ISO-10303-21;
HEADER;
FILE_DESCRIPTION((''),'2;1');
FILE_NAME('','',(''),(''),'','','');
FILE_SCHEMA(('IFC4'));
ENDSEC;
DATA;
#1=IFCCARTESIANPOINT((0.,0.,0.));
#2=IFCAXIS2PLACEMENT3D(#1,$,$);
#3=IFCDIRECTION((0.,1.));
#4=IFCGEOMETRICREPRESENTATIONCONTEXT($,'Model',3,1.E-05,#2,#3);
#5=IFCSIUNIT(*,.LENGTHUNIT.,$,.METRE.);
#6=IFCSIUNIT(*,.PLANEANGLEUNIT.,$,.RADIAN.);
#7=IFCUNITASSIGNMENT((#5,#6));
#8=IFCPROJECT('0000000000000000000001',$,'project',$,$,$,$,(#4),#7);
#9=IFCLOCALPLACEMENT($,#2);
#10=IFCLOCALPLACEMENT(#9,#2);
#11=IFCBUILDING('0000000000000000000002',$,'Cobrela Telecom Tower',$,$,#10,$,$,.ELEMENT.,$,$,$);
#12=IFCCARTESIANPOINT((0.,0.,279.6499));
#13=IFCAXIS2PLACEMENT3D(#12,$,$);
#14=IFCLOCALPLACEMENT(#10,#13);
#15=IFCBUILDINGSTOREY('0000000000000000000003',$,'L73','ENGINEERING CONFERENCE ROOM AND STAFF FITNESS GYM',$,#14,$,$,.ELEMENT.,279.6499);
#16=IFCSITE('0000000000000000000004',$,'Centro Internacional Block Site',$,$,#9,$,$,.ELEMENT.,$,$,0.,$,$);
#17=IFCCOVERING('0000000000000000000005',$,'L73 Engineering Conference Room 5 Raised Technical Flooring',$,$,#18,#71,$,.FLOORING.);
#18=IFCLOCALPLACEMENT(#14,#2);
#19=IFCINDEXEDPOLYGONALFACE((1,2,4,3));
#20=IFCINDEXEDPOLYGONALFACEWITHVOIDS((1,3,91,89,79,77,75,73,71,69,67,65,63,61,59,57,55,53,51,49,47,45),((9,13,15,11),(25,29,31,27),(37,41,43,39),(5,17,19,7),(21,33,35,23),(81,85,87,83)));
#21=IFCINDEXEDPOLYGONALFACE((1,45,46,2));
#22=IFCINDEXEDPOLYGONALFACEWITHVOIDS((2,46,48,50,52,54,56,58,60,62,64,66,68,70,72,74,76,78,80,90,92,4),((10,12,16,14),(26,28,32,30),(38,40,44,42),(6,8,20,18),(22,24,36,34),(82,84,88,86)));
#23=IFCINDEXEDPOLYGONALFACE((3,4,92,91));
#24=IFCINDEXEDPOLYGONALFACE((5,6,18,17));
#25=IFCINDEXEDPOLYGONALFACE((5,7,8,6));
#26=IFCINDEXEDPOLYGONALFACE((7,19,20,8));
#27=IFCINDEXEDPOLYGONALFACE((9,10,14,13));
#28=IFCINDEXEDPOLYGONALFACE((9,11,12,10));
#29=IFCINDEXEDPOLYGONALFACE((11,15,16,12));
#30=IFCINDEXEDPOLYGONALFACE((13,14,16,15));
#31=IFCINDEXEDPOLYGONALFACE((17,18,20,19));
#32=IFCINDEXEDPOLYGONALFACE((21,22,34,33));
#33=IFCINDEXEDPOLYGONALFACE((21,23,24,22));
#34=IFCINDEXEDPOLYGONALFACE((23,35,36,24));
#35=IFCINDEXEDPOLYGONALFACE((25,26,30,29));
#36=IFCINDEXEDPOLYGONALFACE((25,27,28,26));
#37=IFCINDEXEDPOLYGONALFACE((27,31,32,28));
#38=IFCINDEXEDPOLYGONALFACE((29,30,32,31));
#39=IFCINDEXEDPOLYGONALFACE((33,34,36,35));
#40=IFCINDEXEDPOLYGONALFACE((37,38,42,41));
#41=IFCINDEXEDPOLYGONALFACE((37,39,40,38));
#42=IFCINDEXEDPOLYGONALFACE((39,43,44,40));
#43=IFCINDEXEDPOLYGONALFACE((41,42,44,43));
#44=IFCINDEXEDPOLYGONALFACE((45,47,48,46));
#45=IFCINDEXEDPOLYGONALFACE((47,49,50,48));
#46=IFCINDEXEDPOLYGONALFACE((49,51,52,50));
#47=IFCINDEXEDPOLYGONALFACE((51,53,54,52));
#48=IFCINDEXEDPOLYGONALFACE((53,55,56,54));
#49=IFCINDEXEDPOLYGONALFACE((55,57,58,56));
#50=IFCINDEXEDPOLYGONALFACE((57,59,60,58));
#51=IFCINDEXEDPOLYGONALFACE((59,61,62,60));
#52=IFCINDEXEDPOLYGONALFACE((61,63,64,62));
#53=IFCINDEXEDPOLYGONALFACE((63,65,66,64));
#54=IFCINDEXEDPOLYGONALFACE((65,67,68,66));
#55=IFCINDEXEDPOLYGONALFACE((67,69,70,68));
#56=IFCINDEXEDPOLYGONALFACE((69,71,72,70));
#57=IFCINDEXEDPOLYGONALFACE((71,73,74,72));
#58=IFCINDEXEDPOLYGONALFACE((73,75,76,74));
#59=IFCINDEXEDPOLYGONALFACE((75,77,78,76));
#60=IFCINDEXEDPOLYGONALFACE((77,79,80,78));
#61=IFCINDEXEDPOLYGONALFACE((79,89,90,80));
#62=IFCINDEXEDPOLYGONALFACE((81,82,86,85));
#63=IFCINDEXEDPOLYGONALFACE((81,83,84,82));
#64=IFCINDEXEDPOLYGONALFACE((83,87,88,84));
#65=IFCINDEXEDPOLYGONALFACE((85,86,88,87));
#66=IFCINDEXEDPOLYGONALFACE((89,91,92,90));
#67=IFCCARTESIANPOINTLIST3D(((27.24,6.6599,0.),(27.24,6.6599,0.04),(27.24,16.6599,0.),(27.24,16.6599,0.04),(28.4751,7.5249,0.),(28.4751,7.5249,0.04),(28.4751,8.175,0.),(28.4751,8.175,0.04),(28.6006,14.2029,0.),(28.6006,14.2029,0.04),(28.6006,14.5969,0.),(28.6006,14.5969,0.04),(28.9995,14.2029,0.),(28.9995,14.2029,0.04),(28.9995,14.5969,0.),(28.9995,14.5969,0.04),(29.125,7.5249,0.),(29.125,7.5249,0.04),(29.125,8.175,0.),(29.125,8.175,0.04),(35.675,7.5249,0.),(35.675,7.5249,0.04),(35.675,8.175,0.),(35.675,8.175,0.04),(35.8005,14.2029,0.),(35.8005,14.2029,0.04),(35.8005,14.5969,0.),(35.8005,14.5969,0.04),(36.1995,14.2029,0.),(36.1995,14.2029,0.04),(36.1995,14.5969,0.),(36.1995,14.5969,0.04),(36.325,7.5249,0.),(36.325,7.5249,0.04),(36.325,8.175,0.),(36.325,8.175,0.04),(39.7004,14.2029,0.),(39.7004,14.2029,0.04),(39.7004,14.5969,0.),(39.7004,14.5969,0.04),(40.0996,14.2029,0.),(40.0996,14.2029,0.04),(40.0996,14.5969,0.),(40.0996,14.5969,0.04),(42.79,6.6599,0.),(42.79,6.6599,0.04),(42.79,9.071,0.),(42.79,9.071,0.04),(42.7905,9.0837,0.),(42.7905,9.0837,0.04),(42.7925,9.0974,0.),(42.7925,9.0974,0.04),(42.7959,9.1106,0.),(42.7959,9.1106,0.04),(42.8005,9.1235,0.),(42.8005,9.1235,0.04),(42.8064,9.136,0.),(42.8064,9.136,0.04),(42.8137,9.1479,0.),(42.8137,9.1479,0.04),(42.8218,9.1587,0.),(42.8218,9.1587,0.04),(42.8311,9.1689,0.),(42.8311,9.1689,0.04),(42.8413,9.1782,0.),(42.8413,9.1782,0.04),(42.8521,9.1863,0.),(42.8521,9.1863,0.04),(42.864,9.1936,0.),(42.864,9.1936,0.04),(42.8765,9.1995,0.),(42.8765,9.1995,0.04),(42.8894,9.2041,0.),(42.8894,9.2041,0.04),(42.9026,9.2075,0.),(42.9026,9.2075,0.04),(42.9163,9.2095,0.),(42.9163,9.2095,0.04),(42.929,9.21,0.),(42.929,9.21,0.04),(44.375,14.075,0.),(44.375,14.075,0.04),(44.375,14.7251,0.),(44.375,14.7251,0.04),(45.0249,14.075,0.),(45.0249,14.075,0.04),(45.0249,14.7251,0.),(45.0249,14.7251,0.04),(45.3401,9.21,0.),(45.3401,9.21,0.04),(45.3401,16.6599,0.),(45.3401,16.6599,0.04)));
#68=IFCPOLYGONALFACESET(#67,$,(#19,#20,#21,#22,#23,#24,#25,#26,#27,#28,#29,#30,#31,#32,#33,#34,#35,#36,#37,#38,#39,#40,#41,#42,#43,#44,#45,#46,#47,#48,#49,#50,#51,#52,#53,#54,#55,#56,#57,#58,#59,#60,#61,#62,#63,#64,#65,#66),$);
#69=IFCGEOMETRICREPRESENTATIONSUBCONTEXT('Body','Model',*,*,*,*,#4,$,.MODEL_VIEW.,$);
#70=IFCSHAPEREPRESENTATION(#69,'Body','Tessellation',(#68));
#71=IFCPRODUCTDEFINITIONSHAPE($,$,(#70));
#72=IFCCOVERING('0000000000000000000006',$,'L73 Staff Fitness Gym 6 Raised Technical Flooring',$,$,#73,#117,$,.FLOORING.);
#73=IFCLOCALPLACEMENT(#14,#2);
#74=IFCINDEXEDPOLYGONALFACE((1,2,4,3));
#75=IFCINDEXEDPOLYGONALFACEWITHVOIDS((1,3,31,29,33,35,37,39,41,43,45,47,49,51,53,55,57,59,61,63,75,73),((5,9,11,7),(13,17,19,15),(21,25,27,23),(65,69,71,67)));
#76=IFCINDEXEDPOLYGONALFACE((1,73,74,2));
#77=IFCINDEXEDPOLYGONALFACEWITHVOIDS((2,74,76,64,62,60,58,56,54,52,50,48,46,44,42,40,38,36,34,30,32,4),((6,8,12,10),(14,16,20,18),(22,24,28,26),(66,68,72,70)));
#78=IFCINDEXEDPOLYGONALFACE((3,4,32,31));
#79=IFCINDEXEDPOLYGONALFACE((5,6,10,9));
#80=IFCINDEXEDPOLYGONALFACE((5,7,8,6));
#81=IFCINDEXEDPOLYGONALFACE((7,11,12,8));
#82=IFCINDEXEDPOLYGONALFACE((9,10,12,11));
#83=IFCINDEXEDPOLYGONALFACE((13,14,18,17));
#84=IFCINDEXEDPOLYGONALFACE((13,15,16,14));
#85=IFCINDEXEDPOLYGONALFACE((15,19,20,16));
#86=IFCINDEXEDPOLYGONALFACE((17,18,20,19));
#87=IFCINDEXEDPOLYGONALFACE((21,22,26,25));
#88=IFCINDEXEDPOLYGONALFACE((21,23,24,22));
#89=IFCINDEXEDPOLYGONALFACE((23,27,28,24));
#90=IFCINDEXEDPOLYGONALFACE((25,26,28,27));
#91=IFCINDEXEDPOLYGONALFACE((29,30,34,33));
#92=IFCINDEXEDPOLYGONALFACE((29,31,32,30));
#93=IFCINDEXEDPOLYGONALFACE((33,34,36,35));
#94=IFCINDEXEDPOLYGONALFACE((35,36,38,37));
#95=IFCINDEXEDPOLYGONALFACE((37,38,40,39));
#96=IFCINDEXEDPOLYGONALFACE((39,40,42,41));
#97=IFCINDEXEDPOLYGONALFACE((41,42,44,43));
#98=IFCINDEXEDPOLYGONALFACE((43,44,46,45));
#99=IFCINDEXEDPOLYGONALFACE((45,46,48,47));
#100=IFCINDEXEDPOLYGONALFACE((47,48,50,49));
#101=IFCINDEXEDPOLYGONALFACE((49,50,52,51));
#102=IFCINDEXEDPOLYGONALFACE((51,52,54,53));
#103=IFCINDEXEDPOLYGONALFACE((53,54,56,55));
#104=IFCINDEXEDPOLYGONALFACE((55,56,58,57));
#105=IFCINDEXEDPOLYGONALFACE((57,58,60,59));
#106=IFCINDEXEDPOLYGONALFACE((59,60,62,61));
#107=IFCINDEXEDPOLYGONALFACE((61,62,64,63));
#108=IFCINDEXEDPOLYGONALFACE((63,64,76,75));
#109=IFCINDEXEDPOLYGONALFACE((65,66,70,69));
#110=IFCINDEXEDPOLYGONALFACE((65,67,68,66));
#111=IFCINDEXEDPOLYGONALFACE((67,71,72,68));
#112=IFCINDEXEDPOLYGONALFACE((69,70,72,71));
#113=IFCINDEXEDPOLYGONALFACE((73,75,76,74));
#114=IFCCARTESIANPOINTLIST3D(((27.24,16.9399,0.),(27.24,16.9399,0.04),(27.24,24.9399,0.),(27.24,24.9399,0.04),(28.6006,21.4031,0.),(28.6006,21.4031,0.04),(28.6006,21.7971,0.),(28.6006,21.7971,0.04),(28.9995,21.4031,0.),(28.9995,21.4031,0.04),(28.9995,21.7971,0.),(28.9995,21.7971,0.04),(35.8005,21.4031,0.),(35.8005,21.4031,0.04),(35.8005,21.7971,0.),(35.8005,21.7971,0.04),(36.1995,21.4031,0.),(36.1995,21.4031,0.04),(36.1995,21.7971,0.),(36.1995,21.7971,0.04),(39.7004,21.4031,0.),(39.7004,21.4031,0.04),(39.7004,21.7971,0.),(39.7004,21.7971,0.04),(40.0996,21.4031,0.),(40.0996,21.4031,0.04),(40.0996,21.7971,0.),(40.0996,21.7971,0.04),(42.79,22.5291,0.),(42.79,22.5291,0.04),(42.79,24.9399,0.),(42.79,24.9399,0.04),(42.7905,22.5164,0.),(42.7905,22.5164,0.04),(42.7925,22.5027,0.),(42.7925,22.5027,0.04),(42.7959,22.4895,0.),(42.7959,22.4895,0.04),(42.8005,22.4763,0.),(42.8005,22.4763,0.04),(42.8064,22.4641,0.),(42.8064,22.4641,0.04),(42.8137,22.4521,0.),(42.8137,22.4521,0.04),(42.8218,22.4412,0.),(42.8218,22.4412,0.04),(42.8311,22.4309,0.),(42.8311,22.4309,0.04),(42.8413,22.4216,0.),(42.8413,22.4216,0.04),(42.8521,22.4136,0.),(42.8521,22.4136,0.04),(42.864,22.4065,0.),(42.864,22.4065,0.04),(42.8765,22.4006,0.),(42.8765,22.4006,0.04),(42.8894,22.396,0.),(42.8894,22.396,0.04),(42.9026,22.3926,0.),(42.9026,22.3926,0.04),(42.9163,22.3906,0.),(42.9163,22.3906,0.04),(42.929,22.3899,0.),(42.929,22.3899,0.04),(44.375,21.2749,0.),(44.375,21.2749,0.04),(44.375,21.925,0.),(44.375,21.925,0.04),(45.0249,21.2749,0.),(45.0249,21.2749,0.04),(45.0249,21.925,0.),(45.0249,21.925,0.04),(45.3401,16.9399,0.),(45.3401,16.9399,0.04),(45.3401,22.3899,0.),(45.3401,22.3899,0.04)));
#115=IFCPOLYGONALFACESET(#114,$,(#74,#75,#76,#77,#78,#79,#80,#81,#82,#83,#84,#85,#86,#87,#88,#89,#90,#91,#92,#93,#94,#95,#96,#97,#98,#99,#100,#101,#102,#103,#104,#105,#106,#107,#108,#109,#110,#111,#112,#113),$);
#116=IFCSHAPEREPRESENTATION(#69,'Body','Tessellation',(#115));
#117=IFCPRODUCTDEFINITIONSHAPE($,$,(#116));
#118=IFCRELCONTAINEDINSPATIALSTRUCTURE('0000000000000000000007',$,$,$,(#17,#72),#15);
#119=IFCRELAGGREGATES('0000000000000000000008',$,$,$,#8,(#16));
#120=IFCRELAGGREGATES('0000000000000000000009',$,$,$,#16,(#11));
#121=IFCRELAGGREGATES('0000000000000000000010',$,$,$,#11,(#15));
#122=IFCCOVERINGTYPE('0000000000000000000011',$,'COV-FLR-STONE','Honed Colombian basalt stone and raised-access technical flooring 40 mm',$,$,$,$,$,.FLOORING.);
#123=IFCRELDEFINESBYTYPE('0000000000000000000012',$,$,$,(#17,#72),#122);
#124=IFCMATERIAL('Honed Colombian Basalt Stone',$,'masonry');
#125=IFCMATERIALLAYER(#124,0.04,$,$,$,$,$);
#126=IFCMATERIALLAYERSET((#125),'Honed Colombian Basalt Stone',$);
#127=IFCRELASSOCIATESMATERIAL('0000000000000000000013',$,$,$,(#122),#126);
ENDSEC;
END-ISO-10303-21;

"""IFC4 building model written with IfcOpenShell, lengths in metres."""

from ifc_helpers import new_model, si_unit, direction, frame, origin, place, context, subcontext, project, spatial, polyline, outline, extrude, material, layer, layer_set, type_object, element, save


model = new_model("IFC4")

# Units and contexts
model_context = context("Model", 3, precision=1e-05, world=origin(), true_north=direction((0.0, 1.0)))
body_context = subcontext(model_context, "Body", "Model", "MODEL_VIEW")
ifc_project = project(units=[si_unit("LENGTHUNIT", "METRE"), si_unit("PLANEANGLEUNIT", "RADIAN")], contexts=[model_context])

# Site, building, storey
site_placement = place(None, origin())
site = spatial("IfcSite", under=ifc_project, at=site_placement, Name="Centro Internacional Block Site", CompositionType="ELEMENT", RefElevation=0.0)
building_placement = place(site_placement, origin())
building = spatial("IfcBuilding", under=site, at=building_placement, Name="Cobrela Telecom Tower", CompositionType="ELEMENT")
storey_placement = place(building_placement, frame((0.0, 0.0, 279.6499)))
storey = spatial("IfcBuildingStorey", under=building, at=storey_placement, Name="L73", Description="ENGINEERING CONFERENCE ROOM AND STAFF FITNESS GYM", CompositionType="ELEMENT", Elevation=279.6499)

# Coverings
ifc_material_1 = material(Name="Honed Colombian Basalt Stone", Category="masonry")
ifc_layer_1 = layer(ifc_material_1, 0.04)
ifc_layer_set_1 = layer_set([ifc_layer_1], Name="Honed Colombian Basalt Stone")
covering_type_1 = type_object("IfcCoveringType", Name="COV-FLR-STONE", Description="Honed Colombian basalt stone and raised-access technical flooring 40 mm", PredefinedType="FLOORING", material=ifc_layer_set_1)
covering_1_placement = place(storey_placement, origin())
element("IfcCovering", 1, at=covering_1_placement, inside=storey, type_object=covering_type_1, Name="L73 Engineering Conference Room 5 Raised Technical Flooring", PredefinedType="FLOORING", context=body_context, shape_type="SweptSolid", body=[
    extrude(outline(polyline([(45.3401, 9.21), (42.929, 9.21), (42.9163, 9.2095), (42.9026, 9.2075), (42.8894, 9.2041), (42.8765, 9.1995), (42.864, 9.1936), (42.8521, 9.1863), (42.8413, 9.1782), (42.8311, 9.1689), (42.8218, 9.1587), (42.8137, 9.1479), (42.8064, 9.136), (42.8005, 9.1235), (42.7959, 9.1106), (42.7925, 9.0974), (42.7905, 9.0837), (42.79, 9.071), (42.79, 6.6599), (27.24, 6.6599), (27.24, 16.6599), (45.3401, 16.6599), (45.3401, 9.21)]), holes=[polyline([(28.9995, 14.5969), (28.6006, 14.5969), (28.6006, 14.2029), (28.9995, 14.2029), (28.9995, 14.5969)]), polyline([(29.125, 8.175), (28.4751, 8.175), (28.4751, 7.5249), (29.125, 7.5249), (29.125, 8.175)]), polyline([(36.325, 8.175), (35.675, 8.175), (35.675, 7.5249), (36.325, 7.5249), (36.325, 8.175)]), polyline([(36.1995, 14.5969), (35.8005, 14.5969), (35.8005, 14.2029), (36.1995, 14.2029), (36.1995, 14.5969)]), polyline([(40.0996, 14.5969), (39.7004, 14.5969), (39.7004, 14.2029), (40.0996, 14.2029), (40.0996, 14.5969)]), polyline([(45.0249, 14.7251), (44.375, 14.7251), (44.375, 14.075), (45.0249, 14.075), (45.0249, 14.7251)])]), origin(), (0.0, 0.0, 1.0), 0.04),
])
covering_2_placement = place(storey_placement, origin())
element("IfcCovering", 2, at=covering_2_placement, inside=storey, type_object=covering_type_1, Name="L73 Staff Fitness Gym 6 Raised Technical Flooring", PredefinedType="FLOORING", context=body_context, shape_type="SweptSolid", body=[
    extrude(outline(polyline([(42.79, 24.9399), (42.79, 22.5291), (42.7905, 22.5164), (42.7925, 22.5027), (42.7959, 22.4895), (42.8005, 22.4763), (42.8064, 22.4641), (42.8137, 22.4521), (42.8218, 22.4412), (42.8311, 22.4309), (42.8413, 22.4216), (42.8521, 22.4136), (42.864, 22.4065), (42.8765, 22.4006), (42.8894, 22.396), (42.9026, 22.3926), (42.9163, 22.3906), (42.929, 22.3899), (45.3401, 22.3899), (45.3401, 16.9399), (27.24, 16.9399), (27.24, 24.9399), (42.79, 24.9399)]), holes=[polyline([(28.9995, 21.7971), (28.6006, 21.7971), (28.6006, 21.4031), (28.9995, 21.4031), (28.9995, 21.7971)]), polyline([(36.1995, 21.7971), (35.8005, 21.7971), (35.8005, 21.4031), (36.1995, 21.4031), (36.1995, 21.7971)]), polyline([(40.0996, 21.4031), (40.0996, 21.7971), (39.7004, 21.7971), (39.7004, 21.4031), (40.0996, 21.4031)]), polyline([(45.0249, 21.2749), (45.0249, 21.925), (44.375, 21.925), (44.375, 21.2749), (45.0249, 21.2749)])]), origin(), (0.0, 0.0, 1.0), 0.04),
])

save(model, "model.ifc")
